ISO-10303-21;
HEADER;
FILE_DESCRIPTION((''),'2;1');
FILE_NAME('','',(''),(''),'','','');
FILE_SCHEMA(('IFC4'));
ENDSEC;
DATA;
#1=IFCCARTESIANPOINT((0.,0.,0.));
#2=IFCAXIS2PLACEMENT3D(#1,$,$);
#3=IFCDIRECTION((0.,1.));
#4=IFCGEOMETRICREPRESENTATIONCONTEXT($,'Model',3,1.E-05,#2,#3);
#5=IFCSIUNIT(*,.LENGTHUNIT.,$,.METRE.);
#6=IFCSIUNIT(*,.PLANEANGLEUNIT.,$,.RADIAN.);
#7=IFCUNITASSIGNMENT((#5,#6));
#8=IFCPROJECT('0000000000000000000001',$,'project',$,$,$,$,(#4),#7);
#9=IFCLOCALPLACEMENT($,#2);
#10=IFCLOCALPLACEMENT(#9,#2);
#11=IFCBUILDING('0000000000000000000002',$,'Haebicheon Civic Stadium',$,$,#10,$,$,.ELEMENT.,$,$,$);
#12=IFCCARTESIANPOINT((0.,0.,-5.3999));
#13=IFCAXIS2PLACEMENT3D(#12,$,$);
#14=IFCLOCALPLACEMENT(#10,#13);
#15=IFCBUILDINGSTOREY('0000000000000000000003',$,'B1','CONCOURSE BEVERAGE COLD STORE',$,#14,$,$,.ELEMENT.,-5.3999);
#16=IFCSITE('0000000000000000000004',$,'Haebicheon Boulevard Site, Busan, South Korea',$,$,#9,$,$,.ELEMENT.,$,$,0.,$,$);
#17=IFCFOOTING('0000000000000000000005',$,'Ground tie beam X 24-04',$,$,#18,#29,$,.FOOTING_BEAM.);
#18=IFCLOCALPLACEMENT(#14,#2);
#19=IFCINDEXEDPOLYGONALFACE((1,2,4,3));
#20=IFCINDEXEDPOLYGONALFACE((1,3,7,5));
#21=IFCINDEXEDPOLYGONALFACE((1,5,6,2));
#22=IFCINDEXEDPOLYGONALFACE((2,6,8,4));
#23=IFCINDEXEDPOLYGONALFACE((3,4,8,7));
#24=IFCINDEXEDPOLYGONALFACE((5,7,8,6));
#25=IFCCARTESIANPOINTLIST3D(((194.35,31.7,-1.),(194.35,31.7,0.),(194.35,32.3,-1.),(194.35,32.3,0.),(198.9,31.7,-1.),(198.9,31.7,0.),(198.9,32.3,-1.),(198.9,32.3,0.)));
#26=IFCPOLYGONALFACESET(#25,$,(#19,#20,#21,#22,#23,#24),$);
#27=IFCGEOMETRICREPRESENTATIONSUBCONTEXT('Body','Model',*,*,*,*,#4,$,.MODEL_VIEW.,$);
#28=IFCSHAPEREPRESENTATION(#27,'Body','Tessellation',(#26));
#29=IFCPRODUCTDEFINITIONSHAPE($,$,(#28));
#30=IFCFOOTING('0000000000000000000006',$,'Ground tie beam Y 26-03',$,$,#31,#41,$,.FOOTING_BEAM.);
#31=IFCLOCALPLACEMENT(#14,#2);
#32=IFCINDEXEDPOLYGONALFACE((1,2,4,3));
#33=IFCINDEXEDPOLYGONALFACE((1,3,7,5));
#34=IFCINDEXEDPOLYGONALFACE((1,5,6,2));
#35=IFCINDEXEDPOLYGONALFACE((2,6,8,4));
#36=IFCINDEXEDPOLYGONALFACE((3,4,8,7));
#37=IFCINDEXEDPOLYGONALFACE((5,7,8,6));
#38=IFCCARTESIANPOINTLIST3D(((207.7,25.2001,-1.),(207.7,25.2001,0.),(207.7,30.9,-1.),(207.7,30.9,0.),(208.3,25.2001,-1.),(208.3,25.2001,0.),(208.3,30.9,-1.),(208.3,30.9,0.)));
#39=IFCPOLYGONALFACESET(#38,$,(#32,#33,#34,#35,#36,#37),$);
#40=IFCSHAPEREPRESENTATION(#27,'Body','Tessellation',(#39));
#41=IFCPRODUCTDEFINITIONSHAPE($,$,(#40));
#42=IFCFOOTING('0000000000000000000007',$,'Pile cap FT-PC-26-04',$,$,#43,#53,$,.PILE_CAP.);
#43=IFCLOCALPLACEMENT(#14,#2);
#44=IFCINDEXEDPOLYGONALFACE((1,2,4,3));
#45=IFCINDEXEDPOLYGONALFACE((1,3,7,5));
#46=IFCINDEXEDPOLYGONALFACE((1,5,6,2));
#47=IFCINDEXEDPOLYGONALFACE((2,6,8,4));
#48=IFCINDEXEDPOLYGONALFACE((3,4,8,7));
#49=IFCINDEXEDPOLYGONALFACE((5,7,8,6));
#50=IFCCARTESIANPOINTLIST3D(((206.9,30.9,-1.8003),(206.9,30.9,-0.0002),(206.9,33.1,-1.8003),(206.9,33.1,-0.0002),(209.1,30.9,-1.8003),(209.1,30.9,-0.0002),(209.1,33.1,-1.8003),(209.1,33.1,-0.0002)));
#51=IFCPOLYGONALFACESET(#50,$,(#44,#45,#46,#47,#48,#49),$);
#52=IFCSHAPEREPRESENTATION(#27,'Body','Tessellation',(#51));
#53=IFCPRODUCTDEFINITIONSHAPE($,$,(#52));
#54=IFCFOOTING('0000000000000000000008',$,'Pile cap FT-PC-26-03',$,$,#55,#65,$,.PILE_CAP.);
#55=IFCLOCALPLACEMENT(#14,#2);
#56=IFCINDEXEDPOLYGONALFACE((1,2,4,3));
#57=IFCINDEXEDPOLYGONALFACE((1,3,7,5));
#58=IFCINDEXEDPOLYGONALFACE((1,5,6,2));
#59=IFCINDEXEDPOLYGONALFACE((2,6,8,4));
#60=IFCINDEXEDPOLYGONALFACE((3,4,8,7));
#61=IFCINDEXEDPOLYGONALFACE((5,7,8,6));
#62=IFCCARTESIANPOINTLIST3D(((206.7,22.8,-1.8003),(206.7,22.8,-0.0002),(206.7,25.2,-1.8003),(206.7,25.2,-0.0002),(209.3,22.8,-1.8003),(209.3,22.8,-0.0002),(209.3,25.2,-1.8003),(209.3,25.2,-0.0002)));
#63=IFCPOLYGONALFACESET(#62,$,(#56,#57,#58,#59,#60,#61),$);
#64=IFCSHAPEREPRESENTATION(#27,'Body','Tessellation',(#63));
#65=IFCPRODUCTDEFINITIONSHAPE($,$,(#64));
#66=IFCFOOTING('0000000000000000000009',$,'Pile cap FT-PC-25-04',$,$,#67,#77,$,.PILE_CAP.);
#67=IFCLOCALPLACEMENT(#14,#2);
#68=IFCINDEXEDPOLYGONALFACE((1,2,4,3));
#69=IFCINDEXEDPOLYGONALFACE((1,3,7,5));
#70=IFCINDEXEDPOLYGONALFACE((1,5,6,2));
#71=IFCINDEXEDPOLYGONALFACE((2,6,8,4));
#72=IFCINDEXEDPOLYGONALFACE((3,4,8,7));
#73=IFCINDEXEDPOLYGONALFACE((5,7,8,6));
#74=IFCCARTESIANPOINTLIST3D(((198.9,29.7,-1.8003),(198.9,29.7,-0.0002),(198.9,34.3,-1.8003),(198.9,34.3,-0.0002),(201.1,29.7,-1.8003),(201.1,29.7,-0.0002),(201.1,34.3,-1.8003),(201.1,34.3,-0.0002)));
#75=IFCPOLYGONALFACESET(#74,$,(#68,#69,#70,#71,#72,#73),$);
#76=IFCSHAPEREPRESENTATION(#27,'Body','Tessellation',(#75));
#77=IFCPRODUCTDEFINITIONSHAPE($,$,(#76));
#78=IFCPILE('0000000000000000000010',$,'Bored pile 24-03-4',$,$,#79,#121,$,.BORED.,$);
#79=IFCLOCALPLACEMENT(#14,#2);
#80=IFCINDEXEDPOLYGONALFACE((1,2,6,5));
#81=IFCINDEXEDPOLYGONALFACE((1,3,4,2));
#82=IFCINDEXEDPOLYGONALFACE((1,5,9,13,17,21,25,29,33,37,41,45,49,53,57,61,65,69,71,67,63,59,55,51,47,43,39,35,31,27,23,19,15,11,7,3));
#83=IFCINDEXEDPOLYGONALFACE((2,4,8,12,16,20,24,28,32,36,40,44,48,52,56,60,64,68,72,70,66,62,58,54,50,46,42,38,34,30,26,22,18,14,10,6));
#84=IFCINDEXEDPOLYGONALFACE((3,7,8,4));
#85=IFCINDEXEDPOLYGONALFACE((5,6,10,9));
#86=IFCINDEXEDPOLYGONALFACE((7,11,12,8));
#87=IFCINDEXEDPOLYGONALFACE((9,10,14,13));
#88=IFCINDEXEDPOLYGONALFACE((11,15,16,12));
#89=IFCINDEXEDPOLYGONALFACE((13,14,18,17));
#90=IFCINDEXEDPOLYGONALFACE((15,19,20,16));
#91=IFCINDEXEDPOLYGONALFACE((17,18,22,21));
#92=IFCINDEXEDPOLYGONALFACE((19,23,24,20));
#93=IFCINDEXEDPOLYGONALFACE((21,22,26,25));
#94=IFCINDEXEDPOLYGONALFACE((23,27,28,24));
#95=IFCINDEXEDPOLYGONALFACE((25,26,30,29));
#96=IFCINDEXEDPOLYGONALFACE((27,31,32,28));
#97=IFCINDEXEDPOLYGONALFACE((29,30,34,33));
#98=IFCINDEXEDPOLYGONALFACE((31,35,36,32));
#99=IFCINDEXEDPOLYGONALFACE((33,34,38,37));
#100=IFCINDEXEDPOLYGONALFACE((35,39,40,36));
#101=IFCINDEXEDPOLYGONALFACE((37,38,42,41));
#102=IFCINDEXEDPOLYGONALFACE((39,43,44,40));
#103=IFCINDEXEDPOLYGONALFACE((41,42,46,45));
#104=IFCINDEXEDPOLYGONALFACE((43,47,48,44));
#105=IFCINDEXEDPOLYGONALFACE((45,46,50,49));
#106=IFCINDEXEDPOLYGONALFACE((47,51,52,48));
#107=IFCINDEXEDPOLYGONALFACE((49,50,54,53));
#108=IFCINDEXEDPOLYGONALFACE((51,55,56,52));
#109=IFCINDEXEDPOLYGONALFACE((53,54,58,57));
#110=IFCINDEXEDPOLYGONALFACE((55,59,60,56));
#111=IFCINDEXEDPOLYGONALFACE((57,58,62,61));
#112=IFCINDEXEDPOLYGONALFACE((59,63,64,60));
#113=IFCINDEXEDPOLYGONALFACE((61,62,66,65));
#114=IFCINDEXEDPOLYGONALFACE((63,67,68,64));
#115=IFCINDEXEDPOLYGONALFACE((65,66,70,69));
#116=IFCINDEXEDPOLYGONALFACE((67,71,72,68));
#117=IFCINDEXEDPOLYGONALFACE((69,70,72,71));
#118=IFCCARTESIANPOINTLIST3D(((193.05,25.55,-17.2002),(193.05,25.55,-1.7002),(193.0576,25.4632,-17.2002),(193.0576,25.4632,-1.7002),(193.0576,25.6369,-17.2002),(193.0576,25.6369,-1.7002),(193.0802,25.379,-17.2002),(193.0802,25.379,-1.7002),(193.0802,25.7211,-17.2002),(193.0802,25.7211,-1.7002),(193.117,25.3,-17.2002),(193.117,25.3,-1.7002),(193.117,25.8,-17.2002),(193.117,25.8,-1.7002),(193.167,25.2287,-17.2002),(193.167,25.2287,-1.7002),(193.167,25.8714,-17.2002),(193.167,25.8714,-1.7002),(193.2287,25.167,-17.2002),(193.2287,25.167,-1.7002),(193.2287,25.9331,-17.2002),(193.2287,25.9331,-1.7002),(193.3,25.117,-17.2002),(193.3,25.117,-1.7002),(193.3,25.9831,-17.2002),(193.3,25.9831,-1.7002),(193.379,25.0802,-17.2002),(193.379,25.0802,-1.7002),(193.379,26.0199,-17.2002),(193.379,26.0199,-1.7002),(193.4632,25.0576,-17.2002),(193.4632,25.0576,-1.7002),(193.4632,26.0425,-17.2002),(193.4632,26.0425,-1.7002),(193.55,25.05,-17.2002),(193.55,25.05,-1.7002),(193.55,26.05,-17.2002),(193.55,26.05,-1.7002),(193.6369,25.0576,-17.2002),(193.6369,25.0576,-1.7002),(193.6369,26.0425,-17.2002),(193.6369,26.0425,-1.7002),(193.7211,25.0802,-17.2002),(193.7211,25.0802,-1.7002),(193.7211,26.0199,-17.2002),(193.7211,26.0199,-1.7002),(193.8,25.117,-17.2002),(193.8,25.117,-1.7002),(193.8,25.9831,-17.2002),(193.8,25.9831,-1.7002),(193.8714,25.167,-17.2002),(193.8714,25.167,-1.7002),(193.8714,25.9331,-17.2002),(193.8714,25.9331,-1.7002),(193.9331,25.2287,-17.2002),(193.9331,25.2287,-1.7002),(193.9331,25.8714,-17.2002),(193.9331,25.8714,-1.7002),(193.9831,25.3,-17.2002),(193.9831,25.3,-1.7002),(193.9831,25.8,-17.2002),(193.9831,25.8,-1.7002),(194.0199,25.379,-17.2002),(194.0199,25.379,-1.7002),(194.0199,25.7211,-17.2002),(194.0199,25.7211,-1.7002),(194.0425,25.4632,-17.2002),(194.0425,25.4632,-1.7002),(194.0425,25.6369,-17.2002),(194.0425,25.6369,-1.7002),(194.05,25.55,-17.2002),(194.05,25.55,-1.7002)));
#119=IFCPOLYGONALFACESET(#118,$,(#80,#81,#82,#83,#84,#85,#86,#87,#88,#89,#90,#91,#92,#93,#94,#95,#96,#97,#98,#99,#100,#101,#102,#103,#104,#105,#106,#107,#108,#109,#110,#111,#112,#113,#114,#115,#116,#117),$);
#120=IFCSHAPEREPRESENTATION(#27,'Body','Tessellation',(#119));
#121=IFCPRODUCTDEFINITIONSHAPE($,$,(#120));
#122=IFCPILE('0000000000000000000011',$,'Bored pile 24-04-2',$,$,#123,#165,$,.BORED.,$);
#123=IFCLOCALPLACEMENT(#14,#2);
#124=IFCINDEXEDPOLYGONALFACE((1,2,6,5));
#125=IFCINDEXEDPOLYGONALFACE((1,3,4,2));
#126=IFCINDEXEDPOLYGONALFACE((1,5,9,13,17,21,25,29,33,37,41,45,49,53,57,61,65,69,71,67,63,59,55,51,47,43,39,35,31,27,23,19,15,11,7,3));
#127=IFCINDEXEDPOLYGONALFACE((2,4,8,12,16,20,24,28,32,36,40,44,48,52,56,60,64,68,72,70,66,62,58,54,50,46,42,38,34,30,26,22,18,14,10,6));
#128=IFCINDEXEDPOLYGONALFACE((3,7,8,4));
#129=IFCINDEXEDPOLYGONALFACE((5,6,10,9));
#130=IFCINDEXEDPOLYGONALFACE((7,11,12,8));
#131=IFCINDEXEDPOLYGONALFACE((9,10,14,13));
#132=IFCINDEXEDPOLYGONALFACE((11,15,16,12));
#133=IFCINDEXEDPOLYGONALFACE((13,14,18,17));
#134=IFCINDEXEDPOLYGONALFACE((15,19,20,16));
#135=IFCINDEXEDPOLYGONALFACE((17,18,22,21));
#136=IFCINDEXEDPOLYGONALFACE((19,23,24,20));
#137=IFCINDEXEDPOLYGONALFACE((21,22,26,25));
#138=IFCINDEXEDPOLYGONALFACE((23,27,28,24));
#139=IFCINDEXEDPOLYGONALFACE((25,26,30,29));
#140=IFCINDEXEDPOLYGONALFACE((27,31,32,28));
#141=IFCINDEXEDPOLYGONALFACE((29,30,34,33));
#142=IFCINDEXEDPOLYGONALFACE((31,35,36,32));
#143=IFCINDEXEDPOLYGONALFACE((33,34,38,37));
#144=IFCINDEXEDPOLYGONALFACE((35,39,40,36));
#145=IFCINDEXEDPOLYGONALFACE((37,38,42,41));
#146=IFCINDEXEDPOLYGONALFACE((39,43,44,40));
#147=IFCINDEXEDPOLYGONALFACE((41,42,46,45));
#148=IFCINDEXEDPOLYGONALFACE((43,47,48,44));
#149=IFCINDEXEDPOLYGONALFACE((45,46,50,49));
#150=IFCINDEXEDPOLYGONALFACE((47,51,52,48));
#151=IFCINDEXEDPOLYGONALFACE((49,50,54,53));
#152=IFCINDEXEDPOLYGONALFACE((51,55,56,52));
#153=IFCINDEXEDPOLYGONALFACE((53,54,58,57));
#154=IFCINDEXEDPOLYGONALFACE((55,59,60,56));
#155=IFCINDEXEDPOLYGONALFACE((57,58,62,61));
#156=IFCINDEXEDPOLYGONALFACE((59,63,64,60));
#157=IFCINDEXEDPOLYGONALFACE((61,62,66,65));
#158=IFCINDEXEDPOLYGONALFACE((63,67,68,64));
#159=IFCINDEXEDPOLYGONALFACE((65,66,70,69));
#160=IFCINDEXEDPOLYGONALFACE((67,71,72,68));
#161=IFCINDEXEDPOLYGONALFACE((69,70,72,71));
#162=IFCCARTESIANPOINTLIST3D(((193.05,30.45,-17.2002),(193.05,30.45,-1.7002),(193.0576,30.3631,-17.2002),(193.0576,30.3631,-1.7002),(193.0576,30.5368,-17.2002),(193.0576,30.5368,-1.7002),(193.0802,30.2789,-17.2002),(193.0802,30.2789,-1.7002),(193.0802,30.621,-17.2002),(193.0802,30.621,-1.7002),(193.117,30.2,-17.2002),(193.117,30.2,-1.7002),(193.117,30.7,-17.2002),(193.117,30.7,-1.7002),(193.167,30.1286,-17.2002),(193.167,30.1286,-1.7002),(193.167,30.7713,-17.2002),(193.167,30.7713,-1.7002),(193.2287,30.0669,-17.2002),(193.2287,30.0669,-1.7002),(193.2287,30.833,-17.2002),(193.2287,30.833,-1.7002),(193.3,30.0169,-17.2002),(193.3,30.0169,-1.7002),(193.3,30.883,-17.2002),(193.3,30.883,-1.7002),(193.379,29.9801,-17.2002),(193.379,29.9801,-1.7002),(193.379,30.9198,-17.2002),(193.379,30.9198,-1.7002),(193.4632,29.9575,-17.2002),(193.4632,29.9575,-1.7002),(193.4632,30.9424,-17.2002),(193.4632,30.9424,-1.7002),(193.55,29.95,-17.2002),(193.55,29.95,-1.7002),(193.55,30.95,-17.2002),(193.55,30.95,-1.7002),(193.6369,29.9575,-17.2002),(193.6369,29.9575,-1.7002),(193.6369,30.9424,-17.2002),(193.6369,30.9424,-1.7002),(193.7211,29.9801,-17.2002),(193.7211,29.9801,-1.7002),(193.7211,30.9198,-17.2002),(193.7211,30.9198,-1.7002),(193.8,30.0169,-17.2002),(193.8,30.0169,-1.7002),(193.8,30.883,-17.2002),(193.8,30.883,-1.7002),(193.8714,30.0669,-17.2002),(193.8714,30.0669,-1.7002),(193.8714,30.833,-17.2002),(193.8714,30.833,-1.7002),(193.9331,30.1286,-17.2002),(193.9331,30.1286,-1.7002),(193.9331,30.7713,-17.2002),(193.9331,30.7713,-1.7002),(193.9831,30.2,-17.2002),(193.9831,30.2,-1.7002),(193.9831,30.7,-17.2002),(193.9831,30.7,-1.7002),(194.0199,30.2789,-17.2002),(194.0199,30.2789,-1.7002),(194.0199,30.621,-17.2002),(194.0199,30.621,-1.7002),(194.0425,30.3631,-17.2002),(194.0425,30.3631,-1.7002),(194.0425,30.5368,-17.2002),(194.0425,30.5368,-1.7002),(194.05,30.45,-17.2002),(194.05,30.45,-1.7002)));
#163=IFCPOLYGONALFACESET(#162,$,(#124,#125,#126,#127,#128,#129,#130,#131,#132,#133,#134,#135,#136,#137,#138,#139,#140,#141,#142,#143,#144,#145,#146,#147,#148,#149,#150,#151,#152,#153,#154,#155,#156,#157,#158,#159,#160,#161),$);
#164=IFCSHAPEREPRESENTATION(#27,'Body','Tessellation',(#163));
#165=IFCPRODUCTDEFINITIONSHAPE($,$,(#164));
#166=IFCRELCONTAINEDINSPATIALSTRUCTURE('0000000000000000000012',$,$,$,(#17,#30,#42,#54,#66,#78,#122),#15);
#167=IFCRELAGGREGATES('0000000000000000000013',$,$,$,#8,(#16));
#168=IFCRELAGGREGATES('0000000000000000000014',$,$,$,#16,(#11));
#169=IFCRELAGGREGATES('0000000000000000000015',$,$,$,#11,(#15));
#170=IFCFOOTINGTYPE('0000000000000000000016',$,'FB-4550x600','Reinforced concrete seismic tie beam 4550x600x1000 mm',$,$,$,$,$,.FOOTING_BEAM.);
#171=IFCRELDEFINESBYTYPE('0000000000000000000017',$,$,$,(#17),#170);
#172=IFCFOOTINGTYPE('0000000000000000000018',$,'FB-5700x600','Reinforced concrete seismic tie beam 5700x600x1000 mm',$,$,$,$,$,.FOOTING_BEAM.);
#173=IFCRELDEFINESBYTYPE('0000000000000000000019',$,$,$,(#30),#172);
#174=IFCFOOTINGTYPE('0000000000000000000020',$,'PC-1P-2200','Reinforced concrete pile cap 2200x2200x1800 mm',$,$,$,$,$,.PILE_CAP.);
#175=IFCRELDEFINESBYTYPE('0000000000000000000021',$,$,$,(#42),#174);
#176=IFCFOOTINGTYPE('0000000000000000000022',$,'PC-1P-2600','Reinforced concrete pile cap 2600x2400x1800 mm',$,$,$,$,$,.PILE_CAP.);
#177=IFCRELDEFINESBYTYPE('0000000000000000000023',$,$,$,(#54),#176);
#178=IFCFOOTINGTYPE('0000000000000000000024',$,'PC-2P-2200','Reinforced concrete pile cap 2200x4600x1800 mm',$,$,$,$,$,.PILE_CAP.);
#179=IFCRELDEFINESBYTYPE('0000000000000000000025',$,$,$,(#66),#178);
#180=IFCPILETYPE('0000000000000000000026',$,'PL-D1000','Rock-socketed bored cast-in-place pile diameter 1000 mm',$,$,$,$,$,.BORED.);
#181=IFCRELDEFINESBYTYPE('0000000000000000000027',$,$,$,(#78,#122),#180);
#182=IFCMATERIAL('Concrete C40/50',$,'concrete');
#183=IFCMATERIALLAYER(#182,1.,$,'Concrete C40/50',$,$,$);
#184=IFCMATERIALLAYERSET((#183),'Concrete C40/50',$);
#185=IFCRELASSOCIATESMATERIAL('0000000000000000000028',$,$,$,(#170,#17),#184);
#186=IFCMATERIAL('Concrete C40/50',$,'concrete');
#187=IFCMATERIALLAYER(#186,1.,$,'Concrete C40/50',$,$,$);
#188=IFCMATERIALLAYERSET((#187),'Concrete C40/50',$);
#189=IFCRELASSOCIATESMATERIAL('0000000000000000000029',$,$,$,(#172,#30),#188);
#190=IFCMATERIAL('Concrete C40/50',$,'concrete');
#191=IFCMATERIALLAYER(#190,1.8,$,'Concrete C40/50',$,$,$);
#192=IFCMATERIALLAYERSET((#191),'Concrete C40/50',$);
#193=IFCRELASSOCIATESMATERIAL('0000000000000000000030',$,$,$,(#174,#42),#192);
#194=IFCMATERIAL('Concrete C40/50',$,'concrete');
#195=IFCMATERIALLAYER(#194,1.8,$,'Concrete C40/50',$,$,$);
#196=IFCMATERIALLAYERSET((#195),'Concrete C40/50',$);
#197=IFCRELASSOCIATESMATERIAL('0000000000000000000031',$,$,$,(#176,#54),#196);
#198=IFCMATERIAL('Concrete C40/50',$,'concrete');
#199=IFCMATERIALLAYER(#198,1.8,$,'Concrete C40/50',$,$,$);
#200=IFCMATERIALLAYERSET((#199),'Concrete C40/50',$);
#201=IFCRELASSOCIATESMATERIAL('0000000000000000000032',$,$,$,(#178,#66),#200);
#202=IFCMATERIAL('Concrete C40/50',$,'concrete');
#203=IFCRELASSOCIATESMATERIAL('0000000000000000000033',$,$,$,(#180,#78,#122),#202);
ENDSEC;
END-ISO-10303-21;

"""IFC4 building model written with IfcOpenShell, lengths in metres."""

from ifc_helpers import new_model, si_unit, direction, frame, origin, origin_2d, place, context, subcontext, project, spatial, rectangle, circle, extrude, material, layer, layer_set, material_profile, profile_set, type_object, element, save


model = new_model("IFC4")

# Units and contexts
model_context = context("Model", 3, precision=1e-05, world=origin(), true_north=direction((0.0, 1.0)))
body_context = subcontext(model_context, "Body", "Model", "MODEL_VIEW")
ifc_project = project(units=[si_unit("LENGTHUNIT", "METRE"), si_unit("PLANEANGLEUNIT", "RADIAN")], contexts=[model_context])

# Site, building, storey
site_placement = place(None, origin())
site = spatial("IfcSite", under=ifc_project, at=site_placement, Name="Haebicheon Boulevard Site, Busan, South Korea", CompositionType="ELEMENT", RefElevation=0.0)
building_placement = place(site_placement, origin())
building = spatial("IfcBuilding", under=site, at=building_placement, Name="Haebicheon Civic Stadium", CompositionType="ELEMENT")
storey_placement = place(building_placement, frame((0.0, 0.0, -5.3999)))
storey = spatial("IfcBuildingStorey", under=building, at=storey_placement, Name="B1", Description="CONCOURSE BEVERAGE COLD STORE", CompositionType="ELEMENT", Elevation=-5.3999)

# Footings
ifc_material_1 = material(Name="Concrete C40/50", Category="concrete")
ifc_layer_1 = layer(ifc_material_1, 1.0, Name="Concrete C40/50")
ifc_layer_set_1 = layer_set([ifc_layer_1], Name="Concrete C40/50")
footing_type_1 = type_object("IfcFootingType", Name="FB-4550x600", Description="Reinforced concrete seismic tie beam 4550x600x1000 mm", PredefinedType="FOOTING_BEAM", material=ifc_layer_set_1)
footing_1_placement = place(storey_placement, frame((196.625, 32.0, -1.0), z_axis=(0.0, 0.0, 1.0), x_axis=(1.0, 0.0, 0.0)))
element("IfcFooting", 1, at=footing_1_placement, inside=storey, type_object=footing_type_1, material=ifc_layer_set_1, Name="Ground tie beam X 24-04", PredefinedType="FOOTING_BEAM", context=body_context, shape_type="SweptSolid", body=[
    extrude(rectangle(XDim=4.55, YDim=0.6001, at=origin_2d()), origin(), (0.0, 0.0, 1.0), 1.0),
])
ifc_material_2 = material(Name="Concrete C40/50", Category="concrete")
ifc_layer_2 = layer(ifc_material_2, 1.0, Name="Concrete C40/50")
ifc_layer_set_2 = layer_set([ifc_layer_2], Name="Concrete C40/50")
footing_type_2 = type_object("IfcFootingType", Name="FB-5700x600", Description="Reinforced concrete seismic tie beam 5700x600x1000 mm", PredefinedType="FOOTING_BEAM", material=ifc_layer_set_2)
footing_2_placement = place(storey_placement, frame((208.0, 28.05, -1.0), z_axis=(0.0, 0.0, 1.0), x_axis=(0.0, 1.0, 0.0)))
element("IfcFooting", 2, at=footing_2_placement, inside=storey, type_object=footing_type_2, material=ifc_layer_set_2, Name="Ground tie beam Y 26-03", PredefinedType="FOOTING_BEAM", context=body_context, shape_type="SweptSolid", body=[
    extrude(rectangle(XDim=5.7, YDim=0.6001, at=origin_2d()), origin(), (0.0, 0.0, 1.0), 1.0),
])
ifc_material_3 = material(Name="Concrete C40/50", Category="concrete")
ifc_layer_3 = layer(ifc_material_3, 1.8, Name="Concrete C40/50")
ifc_layer_set_3 = layer_set([ifc_layer_3], Name="Concrete C40/50")
footing_type_3 = type_object("IfcFootingType", Name="PC-1P-2200", Description="Reinforced concrete pile cap 2200x2200x1800 mm", PredefinedType="PILE_CAP", material=ifc_layer_set_3)
footing_3_placement = place(storey_placement, frame((208.0, 32.0, -1.8003), z_axis=(0.0, 0.0, 1.0), x_axis=(1.0, 0.0, 0.0)))
element("IfcFooting", 3, at=footing_3_placement, inside=storey, type_object=footing_type_3, material=ifc_layer_set_3, Name="Pile cap FT-PC-26-04", PredefinedType="PILE_CAP", context=body_context, shape_type="SweptSolid", body=[
    extrude(rectangle(XDim=2.2, YDim=2.2, at=origin_2d()), origin(), (0.0, 0.0, 1.0), 1.8),
])
ifc_material_4 = material(Name="Concrete C40/50", Category="concrete")
ifc_layer_4 = layer(ifc_material_4, 1.8, Name="Concrete C40/50")
ifc_layer_set_4 = layer_set([ifc_layer_4], Name="Concrete C40/50")
footing_type_4 = type_object("IfcFootingType", Name="PC-1P-2600", Description="Reinforced concrete pile cap 2600x2400x1800 mm", PredefinedType="PILE_CAP", material=ifc_layer_set_4)
footing_4_placement = place(storey_placement, frame((208.0, 24.0, -1.8003), z_axis=(0.0, 0.0, 1.0), x_axis=(1.0, 0.0, 0.0)))
element("IfcFooting", 4, at=footing_4_placement, inside=storey, type_object=footing_type_4, material=ifc_layer_set_4, Name="Pile cap FT-PC-26-03", PredefinedType="PILE_CAP", context=body_context, shape_type="SweptSolid", body=[
    extrude(rectangle(XDim=2.6001, YDim=2.3999, at=origin_2d()), origin(), (0.0, 0.0, 1.0), 1.8),
])
ifc_material_5 = material(Name="Concrete C40/50", Category="concrete")
ifc_layer_5 = layer(ifc_material_5, 1.8, Name="Concrete C40/50")
ifc_layer_set_5 = layer_set([ifc_layer_5], Name="Concrete C40/50")
footing_type_5 = type_object("IfcFootingType", Name="PC-2P-2200", Description="Reinforced concrete pile cap 2200x4600x1800 mm", PredefinedType="PILE_CAP", material=ifc_layer_set_5)
footing_5_placement = place(storey_placement, frame((200.0, 32.0, -1.8003), z_axis=(0.0, 0.0, 1.0), x_axis=(1.0, 0.0, 0.0)))
element("IfcFooting", 5, at=footing_5_placement, inside=storey, type_object=footing_type_5, material=ifc_layer_set_5, Name="Pile cap FT-PC-25-04", PredefinedType="PILE_CAP", context=body_context, shape_type="SweptSolid", body=[
    extrude(rectangle(XDim=2.2, YDim=4.6001, at=origin_2d()), origin(), (0.0, 0.0, 1.0), 1.8),
])

# Piles
ifc_material_6 = material(Name="Concrete C40/50", Category="concrete")
ifc_material_profile_1 = material_profile(ifc_material_6, circle(Radius=0.5, at=origin_2d()), Name="PILE-D1000")
ifc_profile_set_1 = profile_set([ifc_material_profile_1], Name="Concrete C40/50")
pile_type_1 = type_object("IfcPileType", Name="PL-D1000", Description="Rock-socketed bored cast-in-place pile diameter 1000 mm", PredefinedType="BORED", material=ifc_profile_set_1)
for number, where, z_axis, x_axis, name in (
    (6, (193.55, 25.55, -1.7002), (0.0, 0.0, -1.0), (1.0, 0.0, 0.0), "Bored pile 24-03-4"),
    (7, (193.55, 30.45, -1.7002), (0.0, 0.0, -1.0), (1.0, 0.0, 0.0), "Bored pile 24-04-2"),
):
    element("IfcPile", number, at=place(storey_placement, frame(where, z_axis=z_axis, x_axis=x_axis)), inside=storey, type_object=pile_type_1, material=ifc_profile_set_1, Name=name, PredefinedType="BORED", context=body_context, shape_type="SweptSolid", body=[
        extrude(circle(Radius=0.5, at=origin_2d()), origin(), (0.0, 0.0, 1.0), 15.5),
    ])

save(model, "model.ifc")
